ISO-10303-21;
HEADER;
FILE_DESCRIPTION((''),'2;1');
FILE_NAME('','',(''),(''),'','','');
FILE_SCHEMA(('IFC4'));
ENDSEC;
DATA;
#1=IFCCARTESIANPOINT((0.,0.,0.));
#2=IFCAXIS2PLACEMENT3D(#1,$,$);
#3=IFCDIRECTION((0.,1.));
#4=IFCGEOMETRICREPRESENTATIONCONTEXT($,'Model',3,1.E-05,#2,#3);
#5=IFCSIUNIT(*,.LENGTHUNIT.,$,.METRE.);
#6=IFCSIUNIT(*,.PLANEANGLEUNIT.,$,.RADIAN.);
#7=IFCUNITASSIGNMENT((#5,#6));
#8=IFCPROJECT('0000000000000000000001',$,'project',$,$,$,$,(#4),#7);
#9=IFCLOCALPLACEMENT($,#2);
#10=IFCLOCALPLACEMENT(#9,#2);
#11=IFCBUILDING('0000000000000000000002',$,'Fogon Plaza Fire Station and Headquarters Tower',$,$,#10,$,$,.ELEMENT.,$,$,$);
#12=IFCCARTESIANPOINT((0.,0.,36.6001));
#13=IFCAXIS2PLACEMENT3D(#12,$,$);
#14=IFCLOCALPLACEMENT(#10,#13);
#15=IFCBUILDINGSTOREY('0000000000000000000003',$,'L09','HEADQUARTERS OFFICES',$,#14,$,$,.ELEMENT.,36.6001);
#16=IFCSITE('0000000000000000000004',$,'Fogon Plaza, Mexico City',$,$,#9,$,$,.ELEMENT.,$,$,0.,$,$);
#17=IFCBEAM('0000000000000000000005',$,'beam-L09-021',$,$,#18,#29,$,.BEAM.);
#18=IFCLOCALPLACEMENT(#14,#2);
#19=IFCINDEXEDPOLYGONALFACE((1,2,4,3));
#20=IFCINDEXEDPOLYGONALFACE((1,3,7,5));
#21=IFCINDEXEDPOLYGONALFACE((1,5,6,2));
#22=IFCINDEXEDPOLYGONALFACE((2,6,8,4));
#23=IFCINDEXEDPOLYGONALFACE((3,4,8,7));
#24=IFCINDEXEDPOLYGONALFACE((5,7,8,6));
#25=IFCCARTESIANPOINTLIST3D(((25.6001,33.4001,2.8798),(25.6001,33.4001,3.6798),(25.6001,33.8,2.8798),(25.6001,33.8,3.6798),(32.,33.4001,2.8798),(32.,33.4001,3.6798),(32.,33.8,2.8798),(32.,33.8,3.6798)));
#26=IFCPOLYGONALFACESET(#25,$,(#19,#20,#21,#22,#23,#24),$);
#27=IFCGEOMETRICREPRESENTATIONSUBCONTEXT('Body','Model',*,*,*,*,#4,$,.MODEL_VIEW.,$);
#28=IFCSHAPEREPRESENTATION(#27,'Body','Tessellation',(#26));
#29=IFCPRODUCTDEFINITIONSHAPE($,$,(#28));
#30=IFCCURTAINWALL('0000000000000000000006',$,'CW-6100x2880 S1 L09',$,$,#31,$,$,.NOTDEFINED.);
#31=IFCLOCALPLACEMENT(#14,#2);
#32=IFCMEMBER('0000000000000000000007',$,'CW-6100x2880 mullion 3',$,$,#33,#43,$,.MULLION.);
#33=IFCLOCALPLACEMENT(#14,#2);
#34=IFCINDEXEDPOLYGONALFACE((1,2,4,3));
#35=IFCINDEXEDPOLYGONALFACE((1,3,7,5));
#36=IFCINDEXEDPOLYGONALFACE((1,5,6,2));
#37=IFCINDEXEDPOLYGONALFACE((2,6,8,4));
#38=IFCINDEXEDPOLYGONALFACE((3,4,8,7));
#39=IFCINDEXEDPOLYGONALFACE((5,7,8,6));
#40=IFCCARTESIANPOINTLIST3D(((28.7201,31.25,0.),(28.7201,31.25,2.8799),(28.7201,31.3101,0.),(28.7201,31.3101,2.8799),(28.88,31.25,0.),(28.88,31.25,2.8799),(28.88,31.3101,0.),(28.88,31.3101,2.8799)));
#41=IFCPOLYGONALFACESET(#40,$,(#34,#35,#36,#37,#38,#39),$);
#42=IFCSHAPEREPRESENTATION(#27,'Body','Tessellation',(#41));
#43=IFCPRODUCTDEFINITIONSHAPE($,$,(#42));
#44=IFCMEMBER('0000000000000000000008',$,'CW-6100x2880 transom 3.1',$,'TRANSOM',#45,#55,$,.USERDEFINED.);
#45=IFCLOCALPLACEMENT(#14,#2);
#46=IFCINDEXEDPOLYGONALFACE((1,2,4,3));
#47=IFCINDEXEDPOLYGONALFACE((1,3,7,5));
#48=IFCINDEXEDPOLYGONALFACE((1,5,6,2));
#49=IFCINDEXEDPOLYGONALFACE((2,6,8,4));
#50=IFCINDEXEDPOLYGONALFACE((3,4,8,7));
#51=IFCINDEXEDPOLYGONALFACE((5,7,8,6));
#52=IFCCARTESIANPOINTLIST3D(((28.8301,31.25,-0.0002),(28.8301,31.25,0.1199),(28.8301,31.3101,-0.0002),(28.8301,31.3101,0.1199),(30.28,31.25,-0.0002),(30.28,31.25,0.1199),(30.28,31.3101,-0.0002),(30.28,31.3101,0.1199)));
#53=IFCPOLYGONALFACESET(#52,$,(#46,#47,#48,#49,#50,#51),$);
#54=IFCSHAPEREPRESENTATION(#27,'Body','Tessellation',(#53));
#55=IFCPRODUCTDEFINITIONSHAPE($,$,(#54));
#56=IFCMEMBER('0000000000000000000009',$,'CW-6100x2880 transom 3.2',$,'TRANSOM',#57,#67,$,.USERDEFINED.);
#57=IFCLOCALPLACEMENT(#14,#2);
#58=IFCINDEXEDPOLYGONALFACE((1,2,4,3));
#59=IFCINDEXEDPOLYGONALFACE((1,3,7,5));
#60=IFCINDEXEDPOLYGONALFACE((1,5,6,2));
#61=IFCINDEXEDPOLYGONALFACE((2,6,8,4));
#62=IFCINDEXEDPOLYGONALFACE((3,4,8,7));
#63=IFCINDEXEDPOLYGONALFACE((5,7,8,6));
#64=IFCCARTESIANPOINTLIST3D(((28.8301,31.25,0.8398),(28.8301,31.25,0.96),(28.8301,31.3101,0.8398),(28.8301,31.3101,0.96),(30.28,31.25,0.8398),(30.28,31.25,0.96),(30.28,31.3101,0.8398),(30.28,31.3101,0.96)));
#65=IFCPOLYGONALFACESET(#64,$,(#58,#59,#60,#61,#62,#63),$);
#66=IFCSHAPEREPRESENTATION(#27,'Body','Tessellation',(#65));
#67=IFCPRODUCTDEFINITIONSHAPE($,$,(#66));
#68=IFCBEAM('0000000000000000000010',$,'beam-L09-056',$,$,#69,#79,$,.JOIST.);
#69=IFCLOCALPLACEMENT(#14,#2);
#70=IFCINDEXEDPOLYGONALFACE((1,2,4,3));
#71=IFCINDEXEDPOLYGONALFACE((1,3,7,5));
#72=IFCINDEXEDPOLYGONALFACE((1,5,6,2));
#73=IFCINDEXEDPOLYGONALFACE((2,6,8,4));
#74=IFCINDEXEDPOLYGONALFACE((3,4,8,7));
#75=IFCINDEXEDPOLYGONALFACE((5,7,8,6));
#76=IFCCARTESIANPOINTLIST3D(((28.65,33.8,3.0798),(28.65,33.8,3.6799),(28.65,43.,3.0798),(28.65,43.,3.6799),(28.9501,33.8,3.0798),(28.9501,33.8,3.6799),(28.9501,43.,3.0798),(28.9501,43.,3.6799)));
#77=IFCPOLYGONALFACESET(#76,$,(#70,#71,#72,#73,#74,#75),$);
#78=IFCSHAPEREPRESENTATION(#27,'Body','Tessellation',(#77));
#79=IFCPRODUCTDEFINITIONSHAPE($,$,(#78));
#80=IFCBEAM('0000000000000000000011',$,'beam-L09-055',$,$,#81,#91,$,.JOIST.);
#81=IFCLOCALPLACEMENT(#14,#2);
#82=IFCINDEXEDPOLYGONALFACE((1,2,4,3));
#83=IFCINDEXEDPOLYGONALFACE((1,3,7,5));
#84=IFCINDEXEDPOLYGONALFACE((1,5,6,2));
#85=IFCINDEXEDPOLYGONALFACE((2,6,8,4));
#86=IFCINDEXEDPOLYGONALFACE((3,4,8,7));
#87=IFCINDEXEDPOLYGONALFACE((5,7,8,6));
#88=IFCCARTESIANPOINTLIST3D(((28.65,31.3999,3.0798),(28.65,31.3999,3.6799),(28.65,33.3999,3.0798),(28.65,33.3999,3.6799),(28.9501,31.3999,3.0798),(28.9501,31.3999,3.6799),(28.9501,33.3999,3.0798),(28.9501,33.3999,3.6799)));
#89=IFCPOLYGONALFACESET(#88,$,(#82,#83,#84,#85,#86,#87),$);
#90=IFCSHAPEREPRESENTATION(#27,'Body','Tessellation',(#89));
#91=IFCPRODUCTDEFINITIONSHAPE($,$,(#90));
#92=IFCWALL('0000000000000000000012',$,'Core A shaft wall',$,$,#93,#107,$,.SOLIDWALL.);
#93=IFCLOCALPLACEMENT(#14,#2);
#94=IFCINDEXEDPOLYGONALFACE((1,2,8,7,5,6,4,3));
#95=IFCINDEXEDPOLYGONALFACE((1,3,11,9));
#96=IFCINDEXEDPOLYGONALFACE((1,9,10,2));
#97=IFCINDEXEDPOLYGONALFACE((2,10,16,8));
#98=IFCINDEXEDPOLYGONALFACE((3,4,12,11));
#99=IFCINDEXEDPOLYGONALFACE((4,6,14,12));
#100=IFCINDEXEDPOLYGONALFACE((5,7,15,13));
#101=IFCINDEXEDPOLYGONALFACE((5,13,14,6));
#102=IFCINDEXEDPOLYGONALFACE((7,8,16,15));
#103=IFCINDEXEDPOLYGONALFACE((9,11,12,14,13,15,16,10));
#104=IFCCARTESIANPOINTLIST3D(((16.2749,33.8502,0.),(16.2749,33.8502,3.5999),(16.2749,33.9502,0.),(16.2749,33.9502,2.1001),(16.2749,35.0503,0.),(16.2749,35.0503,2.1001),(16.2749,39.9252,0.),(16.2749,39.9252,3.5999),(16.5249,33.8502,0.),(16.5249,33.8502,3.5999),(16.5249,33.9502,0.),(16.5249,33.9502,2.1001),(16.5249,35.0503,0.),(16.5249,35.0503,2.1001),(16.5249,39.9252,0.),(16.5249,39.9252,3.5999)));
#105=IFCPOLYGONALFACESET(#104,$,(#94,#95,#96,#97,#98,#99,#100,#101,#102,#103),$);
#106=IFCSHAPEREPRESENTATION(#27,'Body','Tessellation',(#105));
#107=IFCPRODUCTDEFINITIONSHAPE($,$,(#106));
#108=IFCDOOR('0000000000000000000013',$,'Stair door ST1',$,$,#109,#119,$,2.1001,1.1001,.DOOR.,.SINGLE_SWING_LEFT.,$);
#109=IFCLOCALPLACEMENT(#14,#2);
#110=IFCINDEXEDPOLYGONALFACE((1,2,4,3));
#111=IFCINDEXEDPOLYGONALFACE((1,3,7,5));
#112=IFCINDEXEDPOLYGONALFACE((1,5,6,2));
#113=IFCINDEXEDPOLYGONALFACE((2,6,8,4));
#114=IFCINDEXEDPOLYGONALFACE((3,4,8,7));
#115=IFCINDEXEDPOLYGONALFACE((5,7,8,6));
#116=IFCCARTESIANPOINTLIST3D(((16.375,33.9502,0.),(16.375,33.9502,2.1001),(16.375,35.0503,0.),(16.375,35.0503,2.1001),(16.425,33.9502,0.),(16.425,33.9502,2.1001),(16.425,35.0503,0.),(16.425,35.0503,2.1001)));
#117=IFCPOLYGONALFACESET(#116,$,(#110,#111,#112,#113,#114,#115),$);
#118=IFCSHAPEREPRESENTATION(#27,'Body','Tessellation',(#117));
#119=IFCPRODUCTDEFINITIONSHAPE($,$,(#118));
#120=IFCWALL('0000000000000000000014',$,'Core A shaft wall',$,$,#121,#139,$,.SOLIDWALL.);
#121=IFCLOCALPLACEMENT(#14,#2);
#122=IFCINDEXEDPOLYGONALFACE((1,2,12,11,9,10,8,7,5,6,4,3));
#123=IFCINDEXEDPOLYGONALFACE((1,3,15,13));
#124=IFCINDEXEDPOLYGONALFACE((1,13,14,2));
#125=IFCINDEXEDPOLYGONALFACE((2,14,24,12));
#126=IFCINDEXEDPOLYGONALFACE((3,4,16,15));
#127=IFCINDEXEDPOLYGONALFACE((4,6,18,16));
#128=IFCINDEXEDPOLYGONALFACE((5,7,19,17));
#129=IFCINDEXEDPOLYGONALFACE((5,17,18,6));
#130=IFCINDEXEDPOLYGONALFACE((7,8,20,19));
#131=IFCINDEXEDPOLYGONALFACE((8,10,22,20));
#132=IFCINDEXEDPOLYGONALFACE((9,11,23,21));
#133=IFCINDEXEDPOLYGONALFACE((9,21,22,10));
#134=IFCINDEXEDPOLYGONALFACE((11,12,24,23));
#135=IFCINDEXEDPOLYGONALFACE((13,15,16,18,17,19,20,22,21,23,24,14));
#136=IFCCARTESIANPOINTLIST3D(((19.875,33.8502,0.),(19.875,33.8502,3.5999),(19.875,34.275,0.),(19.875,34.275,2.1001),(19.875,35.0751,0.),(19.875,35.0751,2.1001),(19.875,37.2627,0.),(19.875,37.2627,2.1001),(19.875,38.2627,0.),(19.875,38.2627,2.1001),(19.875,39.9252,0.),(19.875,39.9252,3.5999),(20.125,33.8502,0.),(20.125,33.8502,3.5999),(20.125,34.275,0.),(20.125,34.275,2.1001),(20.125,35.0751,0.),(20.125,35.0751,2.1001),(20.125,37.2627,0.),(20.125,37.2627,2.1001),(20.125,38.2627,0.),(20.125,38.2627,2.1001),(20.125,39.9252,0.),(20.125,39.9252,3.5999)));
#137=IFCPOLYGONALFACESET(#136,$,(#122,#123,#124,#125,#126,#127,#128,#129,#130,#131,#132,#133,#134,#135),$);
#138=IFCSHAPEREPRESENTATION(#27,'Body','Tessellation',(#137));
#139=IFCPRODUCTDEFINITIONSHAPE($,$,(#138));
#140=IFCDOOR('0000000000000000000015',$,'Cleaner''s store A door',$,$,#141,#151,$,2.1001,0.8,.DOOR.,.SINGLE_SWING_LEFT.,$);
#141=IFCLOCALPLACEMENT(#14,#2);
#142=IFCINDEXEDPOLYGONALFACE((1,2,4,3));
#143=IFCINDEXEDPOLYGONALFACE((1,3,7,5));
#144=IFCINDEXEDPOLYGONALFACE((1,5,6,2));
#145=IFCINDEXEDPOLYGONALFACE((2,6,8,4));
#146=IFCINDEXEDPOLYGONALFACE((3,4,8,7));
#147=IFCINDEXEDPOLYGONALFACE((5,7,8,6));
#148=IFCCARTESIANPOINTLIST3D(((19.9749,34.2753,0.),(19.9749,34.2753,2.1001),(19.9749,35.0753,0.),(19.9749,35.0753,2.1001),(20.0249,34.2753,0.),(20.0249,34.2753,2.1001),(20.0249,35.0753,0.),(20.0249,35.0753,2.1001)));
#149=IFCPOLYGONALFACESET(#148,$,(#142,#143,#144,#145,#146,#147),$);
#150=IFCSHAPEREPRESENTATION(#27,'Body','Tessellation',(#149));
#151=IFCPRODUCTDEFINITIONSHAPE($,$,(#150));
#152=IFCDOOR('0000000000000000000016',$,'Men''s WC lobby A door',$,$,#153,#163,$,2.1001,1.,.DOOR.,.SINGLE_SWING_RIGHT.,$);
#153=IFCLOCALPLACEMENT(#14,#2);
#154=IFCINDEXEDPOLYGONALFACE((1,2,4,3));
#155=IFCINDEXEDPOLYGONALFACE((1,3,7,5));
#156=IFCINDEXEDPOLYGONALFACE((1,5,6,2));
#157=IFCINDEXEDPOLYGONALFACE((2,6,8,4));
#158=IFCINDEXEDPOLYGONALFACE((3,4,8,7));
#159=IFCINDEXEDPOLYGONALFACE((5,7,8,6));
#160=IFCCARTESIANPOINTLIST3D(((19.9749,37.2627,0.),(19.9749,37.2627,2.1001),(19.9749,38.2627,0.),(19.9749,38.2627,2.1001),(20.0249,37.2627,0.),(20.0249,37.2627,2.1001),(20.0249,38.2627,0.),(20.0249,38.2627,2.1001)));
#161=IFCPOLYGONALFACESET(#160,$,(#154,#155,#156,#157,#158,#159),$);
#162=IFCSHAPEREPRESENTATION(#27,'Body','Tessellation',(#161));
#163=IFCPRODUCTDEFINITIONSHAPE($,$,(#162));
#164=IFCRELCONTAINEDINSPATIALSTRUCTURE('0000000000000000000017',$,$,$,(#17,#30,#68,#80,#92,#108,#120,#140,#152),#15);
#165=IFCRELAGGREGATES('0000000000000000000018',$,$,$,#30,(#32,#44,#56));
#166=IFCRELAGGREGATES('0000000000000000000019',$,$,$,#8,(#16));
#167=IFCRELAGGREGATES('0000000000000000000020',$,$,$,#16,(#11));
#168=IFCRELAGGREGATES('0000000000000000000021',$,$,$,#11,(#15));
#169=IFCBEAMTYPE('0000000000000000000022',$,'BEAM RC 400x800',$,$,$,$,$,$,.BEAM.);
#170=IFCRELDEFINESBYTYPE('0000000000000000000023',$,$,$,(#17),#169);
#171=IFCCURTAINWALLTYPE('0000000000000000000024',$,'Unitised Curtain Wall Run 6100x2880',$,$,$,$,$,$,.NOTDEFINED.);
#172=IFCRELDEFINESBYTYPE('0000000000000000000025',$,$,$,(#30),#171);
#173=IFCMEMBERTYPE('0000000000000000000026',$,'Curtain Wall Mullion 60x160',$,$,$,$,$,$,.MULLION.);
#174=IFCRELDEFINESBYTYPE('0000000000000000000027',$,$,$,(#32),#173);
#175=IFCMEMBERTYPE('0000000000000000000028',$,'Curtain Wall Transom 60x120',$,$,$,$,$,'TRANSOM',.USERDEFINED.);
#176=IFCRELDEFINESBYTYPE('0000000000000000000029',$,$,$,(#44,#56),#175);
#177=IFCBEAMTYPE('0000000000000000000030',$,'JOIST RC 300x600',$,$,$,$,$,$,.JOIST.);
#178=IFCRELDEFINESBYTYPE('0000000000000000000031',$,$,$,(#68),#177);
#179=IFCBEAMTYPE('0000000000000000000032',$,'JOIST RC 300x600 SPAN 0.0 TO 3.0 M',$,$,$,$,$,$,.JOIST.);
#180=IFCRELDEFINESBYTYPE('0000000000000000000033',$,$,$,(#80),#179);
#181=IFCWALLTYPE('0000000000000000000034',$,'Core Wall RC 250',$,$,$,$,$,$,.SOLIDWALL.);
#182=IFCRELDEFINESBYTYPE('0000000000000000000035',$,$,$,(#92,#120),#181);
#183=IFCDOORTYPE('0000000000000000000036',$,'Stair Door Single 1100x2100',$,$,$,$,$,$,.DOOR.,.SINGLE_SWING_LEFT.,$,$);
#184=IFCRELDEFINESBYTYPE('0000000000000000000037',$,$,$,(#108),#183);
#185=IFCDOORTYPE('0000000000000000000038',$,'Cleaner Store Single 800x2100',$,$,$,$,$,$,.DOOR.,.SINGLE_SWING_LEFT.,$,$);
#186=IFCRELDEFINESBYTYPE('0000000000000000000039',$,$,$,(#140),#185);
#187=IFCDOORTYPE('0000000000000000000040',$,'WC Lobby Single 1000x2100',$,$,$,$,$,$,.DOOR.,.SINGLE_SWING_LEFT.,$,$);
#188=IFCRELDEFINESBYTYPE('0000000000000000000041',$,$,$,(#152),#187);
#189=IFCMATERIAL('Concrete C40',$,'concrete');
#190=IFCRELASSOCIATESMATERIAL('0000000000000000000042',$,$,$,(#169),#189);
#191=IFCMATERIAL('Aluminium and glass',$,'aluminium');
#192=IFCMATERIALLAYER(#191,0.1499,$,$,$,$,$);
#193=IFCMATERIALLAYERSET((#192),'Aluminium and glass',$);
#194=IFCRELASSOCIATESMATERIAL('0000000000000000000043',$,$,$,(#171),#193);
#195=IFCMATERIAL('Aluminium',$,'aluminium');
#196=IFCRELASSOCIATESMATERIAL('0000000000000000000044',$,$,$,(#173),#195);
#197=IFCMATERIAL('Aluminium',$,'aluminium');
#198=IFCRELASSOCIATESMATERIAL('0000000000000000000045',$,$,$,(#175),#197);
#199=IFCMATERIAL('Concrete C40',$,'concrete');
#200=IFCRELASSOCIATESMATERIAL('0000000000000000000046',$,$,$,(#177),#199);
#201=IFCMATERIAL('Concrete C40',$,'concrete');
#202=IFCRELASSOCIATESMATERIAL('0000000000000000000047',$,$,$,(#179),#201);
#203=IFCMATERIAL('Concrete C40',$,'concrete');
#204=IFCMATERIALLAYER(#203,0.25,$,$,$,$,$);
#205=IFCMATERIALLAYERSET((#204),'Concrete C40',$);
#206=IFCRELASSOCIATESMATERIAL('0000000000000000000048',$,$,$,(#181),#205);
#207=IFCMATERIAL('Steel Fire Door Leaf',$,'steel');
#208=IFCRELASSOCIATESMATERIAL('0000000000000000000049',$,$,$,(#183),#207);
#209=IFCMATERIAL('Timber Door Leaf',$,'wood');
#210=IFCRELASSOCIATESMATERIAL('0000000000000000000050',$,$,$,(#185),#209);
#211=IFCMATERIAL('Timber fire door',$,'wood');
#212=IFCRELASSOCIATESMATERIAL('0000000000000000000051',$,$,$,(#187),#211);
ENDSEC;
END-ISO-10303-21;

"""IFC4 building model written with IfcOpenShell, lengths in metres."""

from ifc_helpers import new_model, si_unit, direction, frame, frame_2d, origin, origin_2d, place, context, subcontext, project, spatial, rectangle, extrude, material, layer, layer_set, material_profile, profile_set, type_object, element, fill, aggregate, save


model = new_model("IFC4")

# Units and contexts
model_context = context("Model", 3, precision=1e-05, world=origin(), true_north=direction((0.0, 1.0)))
body_context = subcontext(model_context, "Body", "Model", "MODEL_VIEW")
ifc_project = project(units=[si_unit("LENGTHUNIT", "METRE"), si_unit("PLANEANGLEUNIT", "RADIAN")], contexts=[model_context])

# Site, building, storey
site_placement = place(None, origin())
site = spatial("IfcSite", under=ifc_project, at=site_placement, Name="Fogon Plaza, Mexico City", CompositionType="ELEMENT", RefElevation=0.0)
building_placement = place(site_placement, origin())
building = spatial("IfcBuilding", under=site, at=building_placement, Name="Fogon Plaza Fire Station and Headquarters Tower", CompositionType="ELEMENT")
storey_placement = place(building_placement, frame((0.0, 0.0, 36.6001)))
storey = spatial("IfcBuildingStorey", under=building, at=storey_placement, Name="L09", Description="HEADQUARTERS OFFICES", CompositionType="ELEMENT", Elevation=36.6001)

# Beam
ifc_material_1 = material(Name="Concrete C40", Category="concrete")
ifc_material_profile_1 = material_profile(ifc_material_1, rectangle(XDim=0.3999, YDim=0.8, at=origin_2d()), Name="RC 400x800")
ifc_profile_set_1 = profile_set([ifc_material_profile_1], Name="Concrete C40")
beam_type_1 = type_object("IfcBeamType", Name="BEAM RC 400x800", PredefinedType="BEAM", material=ifc_profile_set_1)
beam_1_placement = place(storey_placement, frame((25.6001, 33.6001, 3.2798), z_axis=(1.0, 0.0, 0.0), x_axis=(0.0, 1.0, 0.0)))
element("IfcBeam", 1, at=beam_1_placement, inside=storey, type_object=beam_type_1, Name="beam-L09-021", PredefinedType="BEAM", context=body_context, shape_type="SweptSolid", body=[
    extrude(rectangle(XDim=0.3999, YDim=0.8, at=origin_2d()), origin(), (0.0, 0.0, 1.0), 6.3999),
])

# Curtain wall, members
ifc_material_2 = material(Name="Aluminium and glass", Category="aluminium")
ifc_layer_1 = layer(ifc_material_2, 0.1499)
ifc_layer_set_1 = layer_set([ifc_layer_1], Name="Aluminium and glass")
curtain_wall_type = type_object("IfcCurtainWallType", Name="Unitised Curtain Wall Run 6100x2880", PredefinedType="NOTDEFINED", material=ifc_layer_set_1)
curtain_wall_placement = place(storey_placement, origin())
curtain_wall = element("IfcCurtainWall", 2, at=curtain_wall_placement, inside=storey, type_object=curtain_wall_type, Name="CW-6100x2880 S1 L09", PredefinedType="NOTDEFINED")
ifc_material_3 = material(Name="Aluminium", Category="aluminium")
ifc_material_profile_2 = material_profile(ifc_material_3, rectangle(XDim=0.0601, YDim=0.1599, at=origin_2d()), Name="Curtain Wall Mullion 60x160")
ifc_profile_set_2 = profile_set([ifc_material_profile_2], Name="Aluminium")
member_type_1 = type_object("IfcMemberType", Name="Curtain Wall Mullion 60x160", PredefinedType="MULLION", material=ifc_profile_set_2)
member_1_placement = place(storey_placement, frame((28.8, 31.28, 0.0), z_axis=(0.0, 0.0, 1.0), x_axis=(0.0, 1.0, 0.0)))
member_1 = element("IfcMember", 3, at=member_1_placement, type_object=member_type_1, Name="CW-6100x2880 mullion 3", PredefinedType="MULLION", context=body_context, shape_type="SweptSolid", body=[
    extrude(rectangle(XDim=0.0601, YDim=0.1599, at=origin_2d()), origin(), (0.0, 0.0, 1.0), 2.8799),
])
ifc_material_4 = material(Name="Aluminium", Category="aluminium")
ifc_material_profile_3 = material_profile(ifc_material_4, rectangle(XDim=0.0601, YDim=0.1201, at=origin_2d()), Name="Curtain Wall Transom 60x120")
ifc_profile_set_3 = profile_set([ifc_material_profile_3], Name="Aluminium")
member_type_2 = type_object("IfcMemberType", Name="Curtain Wall Transom 60x120", ElementType="TRANSOM", PredefinedType="USERDEFINED", material=ifc_profile_set_3)
member_2_placement = place(storey_placement, frame((28.8301, 31.28, 0.0598), z_axis=(1.0, 0.0, 0.0), x_axis=(0.0, 1.0, 0.0)))
member_2 = element("IfcMember", 4, at=member_2_placement, type_object=member_type_2, Name="CW-6100x2880 transom 3.1", ObjectType="TRANSOM", PredefinedType="USERDEFINED", context=body_context, shape_type="SweptSolid", body=[
    extrude(rectangle(XDim=0.0601, YDim=0.1201, at=origin_2d()), origin(), (0.0, 0.0, 1.0), 1.45),
])
member_3_placement = place(storey_placement, frame((28.8301, 31.28, 0.8999), z_axis=(1.0, 0.0, 0.0), x_axis=(0.0, 1.0, 0.0)))
member_3 = element("IfcMember", 5, at=member_3_placement, type_object=member_type_2, Name="CW-6100x2880 transom 3.2", ObjectType="TRANSOM", PredefinedType="USERDEFINED", context=body_context, shape_type="SweptSolid", body=[
    extrude(rectangle(XDim=0.0601, YDim=0.1201, at=origin_2d()), origin(), (0.0, 0.0, 1.0), 1.45),
])
aggregate(curtain_wall, [member_1, member_2, member_3])

# Beams
ifc_material_5 = material(Name="Concrete C40", Category="concrete")
ifc_material_profile_4 = material_profile(ifc_material_5, rectangle(XDim=0.3, YDim=0.6001, at=origin_2d()), Name="RC 300x600")
ifc_profile_set_4 = profile_set([ifc_material_profile_4], Name="Concrete C40")
beam_type_2 = type_object("IfcBeamType", Name="JOIST RC 300x600", PredefinedType="JOIST", material=ifc_profile_set_4)
beam_2_placement = place(storey_placement, frame((28.8, 33.8, 3.3799), z_axis=(0.0, 1.0, 0.0), x_axis=(-1.0, 0.0, 0.0)))
element("IfcBeam", 6, at=beam_2_placement, inside=storey, type_object=beam_type_2, Name="beam-L09-056", PredefinedType="JOIST", context=body_context, shape_type="SweptSolid", body=[
    extrude(rectangle(XDim=0.3, YDim=0.6001, at=origin_2d()), origin(), (0.0, 0.0, 1.0), 9.2),
])
ifc_material_6 = material(Name="Concrete C40", Category="concrete")
ifc_material_profile_5 = material_profile(ifc_material_6, rectangle(XDim=0.3, YDim=0.6001, at=origin_2d()), Name="RC 300x600")
ifc_profile_set_5 = profile_set([ifc_material_profile_5], Name="Concrete C40")
beam_type_3 = type_object("IfcBeamType", Name="JOIST RC 300x600 SPAN 0.0 TO 3.0 M", PredefinedType="JOIST", material=ifc_profile_set_5)
beam_3_placement = place(storey_placement, frame((28.8, 31.3999, 3.3799), z_axis=(0.0, 1.0, 0.0), x_axis=(-1.0, 0.0, 0.0)))
element("IfcBeam", 7, at=beam_3_placement, inside=storey, type_object=beam_type_3, Name="beam-L09-055", PredefinedType="JOIST", context=body_context, shape_type="SweptSolid", body=[
    extrude(rectangle(XDim=0.3, YDim=0.6001, at=origin_2d()), origin(), (0.0, 0.0, 1.0), 2.0),
])

# Wall, opening, door
ifc_material_7 = material(Name="Concrete C40", Category="concrete")
ifc_layer_2 = layer(ifc_material_7, 0.25)
ifc_layer_set_2 = layer_set([ifc_layer_2], Name="Concrete C40")
wall_type_1 = type_object("IfcWallType", Name="Core Wall RC 250", PredefinedType="SOLIDWALL", material=ifc_layer_set_2)
wall_1_placement = place(storey_placement, frame((16.3999, 33.8501, 0.0), z_axis=(0.0, 0.0, 1.0), x_axis=(0.0, 1.0, 0.0)))
wall_1 = element("IfcWall", 8, at=wall_1_placement, inside=storey, type_object=wall_type_1, Name="Core A shaft wall", PredefinedType="SOLIDWALL", context=body_context, shape_type="SweptSolid", body=[
    extrude(rectangle(XDim=6.075, YDim=0.25, at=frame_2d((3.0376, 0.0))), origin(), (0.0, 0.0, 1.0), 3.5999),
])
opening_1_placement = place(wall_1_placement, frame((0.1001, 0.0, 0.0)))
opening_1 = element("IfcOpeningElement", 9, at=opening_1_placement, cuts=wall_1, PredefinedType="OPENING", context=body_context, shape_type="SweptSolid", body=[
    extrude(rectangle(XDim=1.1001, YDim=2.1001, at=frame_2d((0.55, 1.05))), frame((0.0, 0.135, 0.0), z_axis=(0.0, -1.0, 0.0), x_axis=(1.0, 0.0, 0.0)), (0.0, 0.0, 1.0), 0.27),
])
ifc_material_8 = material(Name="Steel Fire Door Leaf", Category="steel")
door_type_1 = type_object("IfcDoorType", Name="Stair Door Single 1100x2100", OperationType="SINGLE_SWING_LEFT", PredefinedType="DOOR", material=ifc_material_8)
door_1_placement = place(opening_1_placement, origin())
door_1 = element("IfcDoor", 10, at=door_1_placement, inside=storey, type_object=door_type_1, Name="Stair door ST1", OperationType="SINGLE_SWING_LEFT", OverallHeight=2.1001, OverallWidth=1.1001, PredefinedType="DOOR", context=body_context, shape_type="SweptSolid", body=[
    extrude(rectangle(XDim=1.1001, YDim=2.1001, at=frame_2d((0.55, 1.05))), frame((0.0, 0.0249, 0.0), z_axis=(0.0, -1.0, 0.0), x_axis=(1.0, 0.0, 0.0)), (0.0, 0.0, 1.0), 0.05),
])
fill(opening_1, door_1)

# Wall, openings, doors
wall_2_placement = place(storey_placement, frame((20.0, 33.8501, 0.0), z_axis=(0.0, 0.0, 1.0), x_axis=(0.0, 1.0, 0.0)))
wall_2 = element("IfcWall", 11, at=wall_2_placement, inside=storey, type_object=wall_type_1, Name="Core A shaft wall", PredefinedType="SOLIDWALL", context=body_context, shape_type="SweptSolid", body=[
    extrude(rectangle(XDim=6.075, YDim=0.25, at=frame_2d((3.0376, 0.0))), origin(), (0.0, 0.0, 1.0), 3.5999),
])
opening_2_placement = place(wall_2_placement, frame((0.425, 0.0, 0.0)))
opening_2 = element("IfcOpeningElement", 12, at=opening_2_placement, cuts=wall_2, PredefinedType="OPENING", context=body_context, shape_type="SweptSolid", body=[
    extrude(rectangle(XDim=0.8, YDim=2.1001, at=frame_2d((0.3999, 1.05))), frame((0.0, 0.135, 0.0), z_axis=(0.0, -1.0, 0.0), x_axis=(1.0, 0.0, 0.0)), (0.0, 0.0, 1.0), 0.27),
])
opening_3_placement = place(wall_2_placement, frame((3.4126, 0.0, 0.0)))
opening_3 = element("IfcOpeningElement", 13, at=opening_3_placement, cuts=wall_2, PredefinedType="OPENING", context=body_context, shape_type="SweptSolid", body=[
    extrude(rectangle(XDim=1.0, YDim=2.1001, at=frame_2d((0.5, 1.05))), frame((0.0, 0.135, 0.0), z_axis=(0.0, -1.0, 0.0), x_axis=(1.0, 0.0, 0.0)), (0.0, 0.0, 1.0), 0.27),
])
ifc_material_9 = material(Name="Timber Door Leaf", Category="wood")
door_type_2 = type_object("IfcDoorType", Name="Cleaner Store Single 800x2100", OperationType="SINGLE_SWING_LEFT", PredefinedType="DOOR", material=ifc_material_9)
door_2_placement = place(opening_2_placement, frame((0.8, 0.0, 0.0), z_axis=(0.0, 0.0, 1.0), x_axis=(-1.0, 0.0, 0.0)))
door_2 = element("IfcDoor", 14, at=door_2_placement, inside=storey, type_object=door_type_2, Name="Cleaner's store A door", OperationType="SINGLE_SWING_LEFT", OverallHeight=2.1001, OverallWidth=0.8, PredefinedType="DOOR", context=body_context, shape_type="SweptSolid", body=[
    extrude(rectangle(XDim=0.8, YDim=2.1001, at=frame_2d((0.3999, 1.05))), frame((0.0, 0.0249, 0.0), z_axis=(0.0, -1.0, 0.0), x_axis=(1.0, 0.0, 0.0)), (0.0, 0.0, 1.0), 0.05),
])
fill(opening_2, door_2)
ifc_material_10 = material(Name="Timber fire door", Category="wood")
door_type_3 = type_object("IfcDoorType", Name="WC Lobby Single 1000x2100", OperationType="SINGLE_SWING_LEFT", PredefinedType="DOOR", material=ifc_material_10)
door_3_placement = place(opening_3_placement, frame((1.0, 0.0, 0.0), z_axis=(0.0, 0.0, 1.0), x_axis=(-1.0, 0.0, 0.0)))
door_3 = element("IfcDoor", 15, at=door_3_placement, inside=storey, type_object=door_type_3, Name="Men's WC lobby A door", OperationType="SINGLE_SWING_RIGHT", OverallHeight=2.1001, OverallWidth=1.0, PredefinedType="DOOR", context=body_context, shape_type="SweptSolid", body=[
    extrude(rectangle(XDim=1.0, YDim=2.1001, at=frame_2d((0.5, 1.05))), frame((0.0, 0.0249, 0.0), z_axis=(0.0, -1.0, 0.0), x_axis=(1.0, 0.0, 0.0)), (0.0, 0.0, 1.0), 0.05),
])
fill(opening_3, door_3)

save(model, "model.ifc")
